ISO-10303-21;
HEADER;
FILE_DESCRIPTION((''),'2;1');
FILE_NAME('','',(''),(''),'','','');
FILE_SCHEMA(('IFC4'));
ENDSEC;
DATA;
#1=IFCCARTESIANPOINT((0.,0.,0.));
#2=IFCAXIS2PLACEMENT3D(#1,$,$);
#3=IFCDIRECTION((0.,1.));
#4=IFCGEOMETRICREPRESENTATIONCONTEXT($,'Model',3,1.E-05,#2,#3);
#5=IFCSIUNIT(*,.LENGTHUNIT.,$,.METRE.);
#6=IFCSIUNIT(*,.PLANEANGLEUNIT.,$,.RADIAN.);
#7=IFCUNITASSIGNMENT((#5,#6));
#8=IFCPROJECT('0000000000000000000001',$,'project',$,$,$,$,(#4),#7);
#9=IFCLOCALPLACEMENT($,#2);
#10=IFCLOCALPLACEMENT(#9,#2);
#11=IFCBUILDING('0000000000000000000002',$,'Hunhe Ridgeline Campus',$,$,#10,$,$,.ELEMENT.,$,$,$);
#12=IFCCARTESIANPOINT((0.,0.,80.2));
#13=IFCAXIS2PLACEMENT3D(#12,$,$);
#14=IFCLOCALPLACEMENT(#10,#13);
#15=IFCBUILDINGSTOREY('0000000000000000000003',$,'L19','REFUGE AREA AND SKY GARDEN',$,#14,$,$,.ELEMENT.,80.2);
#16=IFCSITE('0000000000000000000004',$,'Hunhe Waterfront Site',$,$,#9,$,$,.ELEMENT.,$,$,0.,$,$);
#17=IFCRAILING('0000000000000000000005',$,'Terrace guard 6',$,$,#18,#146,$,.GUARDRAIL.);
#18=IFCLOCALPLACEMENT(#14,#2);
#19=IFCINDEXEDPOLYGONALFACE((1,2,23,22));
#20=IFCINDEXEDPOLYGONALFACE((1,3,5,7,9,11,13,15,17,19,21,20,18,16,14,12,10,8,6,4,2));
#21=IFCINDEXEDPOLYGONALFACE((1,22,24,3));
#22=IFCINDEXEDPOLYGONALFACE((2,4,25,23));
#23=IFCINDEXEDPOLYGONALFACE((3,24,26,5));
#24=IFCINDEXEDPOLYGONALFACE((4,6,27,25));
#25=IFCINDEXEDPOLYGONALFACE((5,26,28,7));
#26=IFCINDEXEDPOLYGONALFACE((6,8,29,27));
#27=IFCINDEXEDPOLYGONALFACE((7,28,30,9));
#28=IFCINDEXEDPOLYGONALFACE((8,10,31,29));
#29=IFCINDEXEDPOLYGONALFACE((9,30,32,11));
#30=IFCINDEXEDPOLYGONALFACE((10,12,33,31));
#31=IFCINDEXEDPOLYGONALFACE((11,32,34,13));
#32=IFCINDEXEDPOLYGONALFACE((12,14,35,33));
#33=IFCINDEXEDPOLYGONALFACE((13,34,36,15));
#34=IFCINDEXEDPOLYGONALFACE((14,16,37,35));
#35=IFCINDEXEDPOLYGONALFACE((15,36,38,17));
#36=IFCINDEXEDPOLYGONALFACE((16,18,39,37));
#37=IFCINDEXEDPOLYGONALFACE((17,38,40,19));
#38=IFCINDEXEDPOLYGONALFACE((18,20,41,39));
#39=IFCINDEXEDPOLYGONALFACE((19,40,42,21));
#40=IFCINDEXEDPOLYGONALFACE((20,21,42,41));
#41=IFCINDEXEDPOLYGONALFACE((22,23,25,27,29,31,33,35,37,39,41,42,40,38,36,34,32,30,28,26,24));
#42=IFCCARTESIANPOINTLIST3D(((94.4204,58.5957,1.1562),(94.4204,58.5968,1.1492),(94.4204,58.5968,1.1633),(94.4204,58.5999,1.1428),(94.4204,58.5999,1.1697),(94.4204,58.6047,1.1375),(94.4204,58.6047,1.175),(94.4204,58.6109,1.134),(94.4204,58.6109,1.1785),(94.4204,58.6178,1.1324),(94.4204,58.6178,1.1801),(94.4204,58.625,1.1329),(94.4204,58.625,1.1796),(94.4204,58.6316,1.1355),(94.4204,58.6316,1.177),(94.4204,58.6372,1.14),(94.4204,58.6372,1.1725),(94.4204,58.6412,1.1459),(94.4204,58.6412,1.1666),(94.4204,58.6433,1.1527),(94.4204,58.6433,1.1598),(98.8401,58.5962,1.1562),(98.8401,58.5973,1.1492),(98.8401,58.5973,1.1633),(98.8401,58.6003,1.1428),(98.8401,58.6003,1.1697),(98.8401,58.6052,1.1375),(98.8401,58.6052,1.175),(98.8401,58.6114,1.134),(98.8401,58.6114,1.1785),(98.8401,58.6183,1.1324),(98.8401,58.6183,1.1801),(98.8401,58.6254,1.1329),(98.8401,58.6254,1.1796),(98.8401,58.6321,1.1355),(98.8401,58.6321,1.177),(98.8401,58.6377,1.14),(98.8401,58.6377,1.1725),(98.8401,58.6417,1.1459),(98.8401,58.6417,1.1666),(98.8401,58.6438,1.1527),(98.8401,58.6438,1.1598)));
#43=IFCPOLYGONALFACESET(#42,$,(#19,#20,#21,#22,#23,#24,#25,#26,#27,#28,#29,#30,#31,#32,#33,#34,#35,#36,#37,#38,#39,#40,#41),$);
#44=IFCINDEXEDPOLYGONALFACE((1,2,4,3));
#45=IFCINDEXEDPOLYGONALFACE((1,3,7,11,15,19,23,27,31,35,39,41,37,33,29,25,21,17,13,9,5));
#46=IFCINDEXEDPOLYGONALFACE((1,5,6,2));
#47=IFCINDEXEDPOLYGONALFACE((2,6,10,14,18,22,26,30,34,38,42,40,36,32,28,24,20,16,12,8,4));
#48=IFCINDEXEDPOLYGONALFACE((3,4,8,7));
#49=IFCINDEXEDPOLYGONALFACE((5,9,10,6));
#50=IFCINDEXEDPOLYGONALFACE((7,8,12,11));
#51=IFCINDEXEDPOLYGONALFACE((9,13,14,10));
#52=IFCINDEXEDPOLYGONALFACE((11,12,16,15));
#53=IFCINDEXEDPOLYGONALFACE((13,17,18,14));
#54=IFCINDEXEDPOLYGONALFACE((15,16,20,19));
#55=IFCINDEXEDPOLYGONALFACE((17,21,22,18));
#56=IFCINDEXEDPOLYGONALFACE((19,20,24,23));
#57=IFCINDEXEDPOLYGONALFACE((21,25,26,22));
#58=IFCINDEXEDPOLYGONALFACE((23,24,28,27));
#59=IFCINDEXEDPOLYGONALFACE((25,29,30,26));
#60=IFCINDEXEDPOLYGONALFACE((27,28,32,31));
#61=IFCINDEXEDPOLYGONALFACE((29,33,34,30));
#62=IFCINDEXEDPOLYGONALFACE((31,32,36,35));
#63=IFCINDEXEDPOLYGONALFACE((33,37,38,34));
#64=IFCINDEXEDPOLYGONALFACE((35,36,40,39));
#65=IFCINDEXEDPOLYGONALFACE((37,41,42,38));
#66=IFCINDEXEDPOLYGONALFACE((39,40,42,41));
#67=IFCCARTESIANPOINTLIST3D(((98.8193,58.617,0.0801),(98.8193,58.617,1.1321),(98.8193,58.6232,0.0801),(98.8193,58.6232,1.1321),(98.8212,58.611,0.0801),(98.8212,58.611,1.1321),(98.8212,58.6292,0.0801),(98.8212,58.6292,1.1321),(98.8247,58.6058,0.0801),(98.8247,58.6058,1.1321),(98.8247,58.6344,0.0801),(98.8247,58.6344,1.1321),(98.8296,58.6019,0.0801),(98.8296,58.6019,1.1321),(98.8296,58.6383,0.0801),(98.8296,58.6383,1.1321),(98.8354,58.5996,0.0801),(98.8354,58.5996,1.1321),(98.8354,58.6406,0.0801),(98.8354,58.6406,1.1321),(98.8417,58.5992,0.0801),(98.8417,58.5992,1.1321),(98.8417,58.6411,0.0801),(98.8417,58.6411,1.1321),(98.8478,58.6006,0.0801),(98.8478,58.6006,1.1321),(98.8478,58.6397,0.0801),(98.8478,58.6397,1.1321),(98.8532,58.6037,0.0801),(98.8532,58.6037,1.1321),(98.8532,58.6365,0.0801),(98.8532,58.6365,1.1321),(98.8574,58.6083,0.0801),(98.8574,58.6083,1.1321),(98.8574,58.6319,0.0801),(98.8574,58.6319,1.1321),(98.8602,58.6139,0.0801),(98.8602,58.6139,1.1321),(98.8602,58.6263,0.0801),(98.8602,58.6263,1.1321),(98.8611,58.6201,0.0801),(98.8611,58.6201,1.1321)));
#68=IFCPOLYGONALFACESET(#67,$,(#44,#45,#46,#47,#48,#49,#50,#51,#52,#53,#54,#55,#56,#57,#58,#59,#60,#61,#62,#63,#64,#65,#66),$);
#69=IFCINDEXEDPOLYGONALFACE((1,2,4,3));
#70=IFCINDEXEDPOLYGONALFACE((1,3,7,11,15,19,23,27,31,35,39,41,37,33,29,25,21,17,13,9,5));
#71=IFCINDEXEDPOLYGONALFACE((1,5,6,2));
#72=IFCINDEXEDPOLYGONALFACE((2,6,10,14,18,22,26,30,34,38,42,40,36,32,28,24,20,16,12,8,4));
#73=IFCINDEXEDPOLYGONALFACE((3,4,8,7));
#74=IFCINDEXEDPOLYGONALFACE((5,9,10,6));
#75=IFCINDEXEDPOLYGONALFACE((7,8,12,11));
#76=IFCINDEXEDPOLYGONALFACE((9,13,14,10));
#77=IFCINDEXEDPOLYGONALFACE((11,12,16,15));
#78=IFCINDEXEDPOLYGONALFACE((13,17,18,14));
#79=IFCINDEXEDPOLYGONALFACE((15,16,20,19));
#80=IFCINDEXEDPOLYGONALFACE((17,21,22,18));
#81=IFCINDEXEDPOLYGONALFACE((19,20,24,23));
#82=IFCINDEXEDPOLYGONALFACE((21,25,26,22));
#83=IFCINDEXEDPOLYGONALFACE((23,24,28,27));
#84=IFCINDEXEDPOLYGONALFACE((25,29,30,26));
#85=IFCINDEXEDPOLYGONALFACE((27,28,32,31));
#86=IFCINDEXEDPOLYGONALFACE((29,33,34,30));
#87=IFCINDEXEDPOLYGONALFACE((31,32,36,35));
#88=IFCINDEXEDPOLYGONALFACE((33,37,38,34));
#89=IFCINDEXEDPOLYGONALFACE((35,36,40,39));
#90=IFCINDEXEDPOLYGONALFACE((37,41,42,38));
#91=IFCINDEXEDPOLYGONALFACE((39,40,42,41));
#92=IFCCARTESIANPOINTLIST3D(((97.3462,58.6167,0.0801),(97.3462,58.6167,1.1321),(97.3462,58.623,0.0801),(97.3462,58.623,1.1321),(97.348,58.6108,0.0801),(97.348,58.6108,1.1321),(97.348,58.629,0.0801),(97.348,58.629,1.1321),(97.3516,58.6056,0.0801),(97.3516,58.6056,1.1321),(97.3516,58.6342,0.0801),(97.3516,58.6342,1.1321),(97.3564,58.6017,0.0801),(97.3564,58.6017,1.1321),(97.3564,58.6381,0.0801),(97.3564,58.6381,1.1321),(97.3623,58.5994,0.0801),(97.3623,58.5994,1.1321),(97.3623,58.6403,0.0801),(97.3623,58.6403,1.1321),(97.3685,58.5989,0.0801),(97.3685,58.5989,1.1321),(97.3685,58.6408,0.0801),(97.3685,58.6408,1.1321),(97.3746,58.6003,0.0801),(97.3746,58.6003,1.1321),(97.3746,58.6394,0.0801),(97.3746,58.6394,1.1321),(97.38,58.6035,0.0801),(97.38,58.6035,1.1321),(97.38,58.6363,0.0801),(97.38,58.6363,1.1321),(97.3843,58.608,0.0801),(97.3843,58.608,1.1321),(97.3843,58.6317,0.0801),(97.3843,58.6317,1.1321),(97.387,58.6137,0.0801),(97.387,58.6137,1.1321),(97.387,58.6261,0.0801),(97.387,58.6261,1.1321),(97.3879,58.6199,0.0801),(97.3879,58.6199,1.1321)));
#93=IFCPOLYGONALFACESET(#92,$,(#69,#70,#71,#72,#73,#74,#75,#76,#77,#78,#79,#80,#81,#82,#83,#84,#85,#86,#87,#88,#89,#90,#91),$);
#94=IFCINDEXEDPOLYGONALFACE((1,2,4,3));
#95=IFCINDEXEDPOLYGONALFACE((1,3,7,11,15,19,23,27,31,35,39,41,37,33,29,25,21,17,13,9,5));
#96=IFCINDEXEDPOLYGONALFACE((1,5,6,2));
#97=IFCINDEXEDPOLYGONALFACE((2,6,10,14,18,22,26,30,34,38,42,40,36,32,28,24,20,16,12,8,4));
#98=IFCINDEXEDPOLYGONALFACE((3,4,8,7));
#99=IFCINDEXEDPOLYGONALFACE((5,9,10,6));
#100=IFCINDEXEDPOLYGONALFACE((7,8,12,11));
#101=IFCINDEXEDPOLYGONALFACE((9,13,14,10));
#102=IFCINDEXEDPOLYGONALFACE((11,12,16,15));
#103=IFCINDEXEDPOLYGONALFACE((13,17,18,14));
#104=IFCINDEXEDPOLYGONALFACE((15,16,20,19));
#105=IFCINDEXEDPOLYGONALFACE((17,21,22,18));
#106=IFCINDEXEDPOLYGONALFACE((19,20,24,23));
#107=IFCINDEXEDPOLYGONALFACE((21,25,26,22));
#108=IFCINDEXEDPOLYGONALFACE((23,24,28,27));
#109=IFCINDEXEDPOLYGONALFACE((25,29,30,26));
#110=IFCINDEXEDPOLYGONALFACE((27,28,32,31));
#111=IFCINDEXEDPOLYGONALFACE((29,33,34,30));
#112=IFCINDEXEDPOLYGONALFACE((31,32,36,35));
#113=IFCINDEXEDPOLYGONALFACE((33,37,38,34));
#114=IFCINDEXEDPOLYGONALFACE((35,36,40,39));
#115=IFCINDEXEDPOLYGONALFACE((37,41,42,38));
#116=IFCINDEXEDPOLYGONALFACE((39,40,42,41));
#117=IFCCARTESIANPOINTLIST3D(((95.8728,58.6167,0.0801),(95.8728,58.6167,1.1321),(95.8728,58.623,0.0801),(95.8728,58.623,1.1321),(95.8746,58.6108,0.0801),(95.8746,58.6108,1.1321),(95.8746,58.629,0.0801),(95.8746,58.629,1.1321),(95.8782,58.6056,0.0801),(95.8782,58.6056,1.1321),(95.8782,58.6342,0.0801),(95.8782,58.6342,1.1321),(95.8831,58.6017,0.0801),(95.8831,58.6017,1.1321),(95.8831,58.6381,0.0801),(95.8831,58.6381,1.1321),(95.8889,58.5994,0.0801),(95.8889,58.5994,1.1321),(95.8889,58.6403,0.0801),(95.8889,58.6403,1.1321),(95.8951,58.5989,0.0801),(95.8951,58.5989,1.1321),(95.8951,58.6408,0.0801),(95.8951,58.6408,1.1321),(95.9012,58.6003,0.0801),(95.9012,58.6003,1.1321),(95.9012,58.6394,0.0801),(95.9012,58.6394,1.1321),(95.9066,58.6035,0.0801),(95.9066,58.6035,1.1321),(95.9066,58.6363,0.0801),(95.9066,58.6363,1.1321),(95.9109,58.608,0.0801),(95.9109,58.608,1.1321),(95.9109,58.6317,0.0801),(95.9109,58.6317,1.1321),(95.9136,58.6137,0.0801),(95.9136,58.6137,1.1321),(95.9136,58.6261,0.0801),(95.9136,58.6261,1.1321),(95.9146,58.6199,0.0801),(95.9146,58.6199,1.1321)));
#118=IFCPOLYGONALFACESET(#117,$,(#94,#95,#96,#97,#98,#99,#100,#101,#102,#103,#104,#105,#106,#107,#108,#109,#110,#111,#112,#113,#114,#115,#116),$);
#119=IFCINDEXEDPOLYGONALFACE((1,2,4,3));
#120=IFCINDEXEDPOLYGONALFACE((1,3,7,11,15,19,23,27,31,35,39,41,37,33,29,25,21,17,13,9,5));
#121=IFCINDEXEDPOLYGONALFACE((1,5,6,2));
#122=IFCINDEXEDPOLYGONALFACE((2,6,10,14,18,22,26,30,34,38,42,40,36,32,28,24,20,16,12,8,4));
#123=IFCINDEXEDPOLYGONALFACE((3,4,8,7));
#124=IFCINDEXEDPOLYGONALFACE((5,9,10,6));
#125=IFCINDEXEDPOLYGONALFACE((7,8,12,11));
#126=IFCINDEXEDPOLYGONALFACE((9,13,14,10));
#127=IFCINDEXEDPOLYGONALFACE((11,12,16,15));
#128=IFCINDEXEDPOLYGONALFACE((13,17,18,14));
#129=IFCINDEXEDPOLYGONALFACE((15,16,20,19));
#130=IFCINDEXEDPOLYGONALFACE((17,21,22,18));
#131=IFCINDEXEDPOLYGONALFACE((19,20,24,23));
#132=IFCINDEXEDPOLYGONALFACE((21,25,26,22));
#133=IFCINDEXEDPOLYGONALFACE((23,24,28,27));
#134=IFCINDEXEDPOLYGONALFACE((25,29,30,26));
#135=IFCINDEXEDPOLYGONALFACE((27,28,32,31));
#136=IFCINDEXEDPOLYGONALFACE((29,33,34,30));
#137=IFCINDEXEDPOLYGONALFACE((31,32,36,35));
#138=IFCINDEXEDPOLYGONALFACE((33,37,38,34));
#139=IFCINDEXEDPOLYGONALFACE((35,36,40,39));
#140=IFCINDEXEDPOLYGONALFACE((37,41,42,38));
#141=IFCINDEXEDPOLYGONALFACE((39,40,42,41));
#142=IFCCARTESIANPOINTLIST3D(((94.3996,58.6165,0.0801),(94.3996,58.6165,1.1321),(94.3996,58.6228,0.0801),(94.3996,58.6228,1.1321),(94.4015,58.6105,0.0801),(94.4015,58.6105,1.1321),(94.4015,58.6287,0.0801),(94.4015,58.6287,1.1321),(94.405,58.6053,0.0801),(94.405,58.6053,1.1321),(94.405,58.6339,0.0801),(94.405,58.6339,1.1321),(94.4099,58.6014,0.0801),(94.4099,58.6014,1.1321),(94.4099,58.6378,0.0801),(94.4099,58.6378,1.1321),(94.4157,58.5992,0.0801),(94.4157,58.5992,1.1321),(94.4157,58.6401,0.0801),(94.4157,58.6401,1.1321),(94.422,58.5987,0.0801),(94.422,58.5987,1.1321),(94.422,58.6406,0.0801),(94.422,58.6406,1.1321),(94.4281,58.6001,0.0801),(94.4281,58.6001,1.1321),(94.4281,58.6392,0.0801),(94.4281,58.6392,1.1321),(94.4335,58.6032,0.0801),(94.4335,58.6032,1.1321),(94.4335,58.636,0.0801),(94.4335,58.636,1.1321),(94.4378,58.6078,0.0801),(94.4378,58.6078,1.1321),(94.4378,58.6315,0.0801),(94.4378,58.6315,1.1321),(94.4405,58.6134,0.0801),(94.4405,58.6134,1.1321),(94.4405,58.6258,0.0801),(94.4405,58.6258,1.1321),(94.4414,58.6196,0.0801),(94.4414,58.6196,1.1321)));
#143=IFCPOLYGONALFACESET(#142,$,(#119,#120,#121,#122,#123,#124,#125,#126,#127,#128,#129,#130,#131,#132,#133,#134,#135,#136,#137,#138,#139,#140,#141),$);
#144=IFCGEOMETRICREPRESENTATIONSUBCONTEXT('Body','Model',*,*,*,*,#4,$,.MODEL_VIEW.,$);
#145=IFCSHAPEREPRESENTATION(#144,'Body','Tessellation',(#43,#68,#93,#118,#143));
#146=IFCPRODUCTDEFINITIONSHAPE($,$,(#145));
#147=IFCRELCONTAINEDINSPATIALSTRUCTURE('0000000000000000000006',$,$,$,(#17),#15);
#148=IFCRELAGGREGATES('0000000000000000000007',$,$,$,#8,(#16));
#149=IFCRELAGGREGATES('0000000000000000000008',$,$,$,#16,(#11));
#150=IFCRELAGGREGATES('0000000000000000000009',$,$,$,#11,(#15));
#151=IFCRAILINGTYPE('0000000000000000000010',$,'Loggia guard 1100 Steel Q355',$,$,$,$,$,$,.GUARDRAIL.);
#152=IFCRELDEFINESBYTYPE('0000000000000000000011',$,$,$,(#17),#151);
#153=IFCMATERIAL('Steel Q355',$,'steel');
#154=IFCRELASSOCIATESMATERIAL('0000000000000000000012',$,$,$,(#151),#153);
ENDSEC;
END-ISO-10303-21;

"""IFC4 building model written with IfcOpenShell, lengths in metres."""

from ifc_helpers import new_model, si_unit, direction, frame, origin, origin_2d, place, context, subcontext, project, spatial, circle, extrude, material, type_object, element, save


model = new_model("IFC4")

# Units and contexts
model_context = context("Model", 3, precision=1e-05, world=origin(), true_north=direction((0.0, 1.0)))
body_context = subcontext(model_context, "Body", "Model", "MODEL_VIEW")
ifc_project = project(units=[si_unit("LENGTHUNIT", "METRE"), si_unit("PLANEANGLEUNIT", "RADIAN")], contexts=[model_context])

# Site, building, storey
site_placement = place(None, origin())
site = spatial("IfcSite", under=ifc_project, at=site_placement, Name="Hunhe Waterfront Site", CompositionType="ELEMENT", RefElevation=0.0)
building_placement = place(site_placement, origin())
building = spatial("IfcBuilding", under=site, at=building_placement, Name="Hunhe Ridgeline Campus", CompositionType="ELEMENT")
storey_placement = place(building_placement, frame((0.0, 0.0, 80.2)))
storey = spatial("IfcBuildingStorey", under=building, at=storey_placement, Name="L19", Description="REFUGE AREA AND SKY GARDEN", CompositionType="ELEMENT", Elevation=80.2)

# Railing
ifc_material_1 = material(Name="Steel Q355", Category="steel")
railing_type_1 = type_object("IfcRailingType", Name="Loggia guard 1100 Steel Q355", PredefinedType="GUARDRAIL", material=ifc_material_1)
railing_1_placement = place(storey_placement, frame((98.8401, 58.6201, 0.0801)))
element("IfcRailing", 1, at=railing_1_placement, inside=storey, type_object=railing_type_1, Name="Terrace guard 6", PredefinedType="GUARDRAIL", context=body_context, shape_type="SweptSolid", body=[
    extrude(circle(Radius=0.0239, at=origin_2d()), frame((0.0, 0.0, 1.0762), z_axis=(-1.0, -0.00011, 0.0), x_axis=(0.00011, -1.0, 0.0)), (0.0, 0.0, 1.0), 4.4197),
    extrude(circle(Radius=0.021, at=origin_2d()), origin(), (0.0, 0.0, 1.0), 1.052),
    extrude(circle(Radius=0.021, at=origin_2d()), frame((-1.4731, -0.0002, 0.0)), (0.0, 0.0, 1.0), 1.052),
    extrude(circle(Radius=0.021, at=origin_2d()), frame((-2.9465, -0.0002, 0.0)), (0.0, 0.0, 1.0), 1.052),
    extrude(circle(Radius=0.021, at=origin_2d()), frame((-4.4197, -0.0005, 0.0)), (0.0, 0.0, 1.0), 1.052),
])

save(model, "model.ifc")
